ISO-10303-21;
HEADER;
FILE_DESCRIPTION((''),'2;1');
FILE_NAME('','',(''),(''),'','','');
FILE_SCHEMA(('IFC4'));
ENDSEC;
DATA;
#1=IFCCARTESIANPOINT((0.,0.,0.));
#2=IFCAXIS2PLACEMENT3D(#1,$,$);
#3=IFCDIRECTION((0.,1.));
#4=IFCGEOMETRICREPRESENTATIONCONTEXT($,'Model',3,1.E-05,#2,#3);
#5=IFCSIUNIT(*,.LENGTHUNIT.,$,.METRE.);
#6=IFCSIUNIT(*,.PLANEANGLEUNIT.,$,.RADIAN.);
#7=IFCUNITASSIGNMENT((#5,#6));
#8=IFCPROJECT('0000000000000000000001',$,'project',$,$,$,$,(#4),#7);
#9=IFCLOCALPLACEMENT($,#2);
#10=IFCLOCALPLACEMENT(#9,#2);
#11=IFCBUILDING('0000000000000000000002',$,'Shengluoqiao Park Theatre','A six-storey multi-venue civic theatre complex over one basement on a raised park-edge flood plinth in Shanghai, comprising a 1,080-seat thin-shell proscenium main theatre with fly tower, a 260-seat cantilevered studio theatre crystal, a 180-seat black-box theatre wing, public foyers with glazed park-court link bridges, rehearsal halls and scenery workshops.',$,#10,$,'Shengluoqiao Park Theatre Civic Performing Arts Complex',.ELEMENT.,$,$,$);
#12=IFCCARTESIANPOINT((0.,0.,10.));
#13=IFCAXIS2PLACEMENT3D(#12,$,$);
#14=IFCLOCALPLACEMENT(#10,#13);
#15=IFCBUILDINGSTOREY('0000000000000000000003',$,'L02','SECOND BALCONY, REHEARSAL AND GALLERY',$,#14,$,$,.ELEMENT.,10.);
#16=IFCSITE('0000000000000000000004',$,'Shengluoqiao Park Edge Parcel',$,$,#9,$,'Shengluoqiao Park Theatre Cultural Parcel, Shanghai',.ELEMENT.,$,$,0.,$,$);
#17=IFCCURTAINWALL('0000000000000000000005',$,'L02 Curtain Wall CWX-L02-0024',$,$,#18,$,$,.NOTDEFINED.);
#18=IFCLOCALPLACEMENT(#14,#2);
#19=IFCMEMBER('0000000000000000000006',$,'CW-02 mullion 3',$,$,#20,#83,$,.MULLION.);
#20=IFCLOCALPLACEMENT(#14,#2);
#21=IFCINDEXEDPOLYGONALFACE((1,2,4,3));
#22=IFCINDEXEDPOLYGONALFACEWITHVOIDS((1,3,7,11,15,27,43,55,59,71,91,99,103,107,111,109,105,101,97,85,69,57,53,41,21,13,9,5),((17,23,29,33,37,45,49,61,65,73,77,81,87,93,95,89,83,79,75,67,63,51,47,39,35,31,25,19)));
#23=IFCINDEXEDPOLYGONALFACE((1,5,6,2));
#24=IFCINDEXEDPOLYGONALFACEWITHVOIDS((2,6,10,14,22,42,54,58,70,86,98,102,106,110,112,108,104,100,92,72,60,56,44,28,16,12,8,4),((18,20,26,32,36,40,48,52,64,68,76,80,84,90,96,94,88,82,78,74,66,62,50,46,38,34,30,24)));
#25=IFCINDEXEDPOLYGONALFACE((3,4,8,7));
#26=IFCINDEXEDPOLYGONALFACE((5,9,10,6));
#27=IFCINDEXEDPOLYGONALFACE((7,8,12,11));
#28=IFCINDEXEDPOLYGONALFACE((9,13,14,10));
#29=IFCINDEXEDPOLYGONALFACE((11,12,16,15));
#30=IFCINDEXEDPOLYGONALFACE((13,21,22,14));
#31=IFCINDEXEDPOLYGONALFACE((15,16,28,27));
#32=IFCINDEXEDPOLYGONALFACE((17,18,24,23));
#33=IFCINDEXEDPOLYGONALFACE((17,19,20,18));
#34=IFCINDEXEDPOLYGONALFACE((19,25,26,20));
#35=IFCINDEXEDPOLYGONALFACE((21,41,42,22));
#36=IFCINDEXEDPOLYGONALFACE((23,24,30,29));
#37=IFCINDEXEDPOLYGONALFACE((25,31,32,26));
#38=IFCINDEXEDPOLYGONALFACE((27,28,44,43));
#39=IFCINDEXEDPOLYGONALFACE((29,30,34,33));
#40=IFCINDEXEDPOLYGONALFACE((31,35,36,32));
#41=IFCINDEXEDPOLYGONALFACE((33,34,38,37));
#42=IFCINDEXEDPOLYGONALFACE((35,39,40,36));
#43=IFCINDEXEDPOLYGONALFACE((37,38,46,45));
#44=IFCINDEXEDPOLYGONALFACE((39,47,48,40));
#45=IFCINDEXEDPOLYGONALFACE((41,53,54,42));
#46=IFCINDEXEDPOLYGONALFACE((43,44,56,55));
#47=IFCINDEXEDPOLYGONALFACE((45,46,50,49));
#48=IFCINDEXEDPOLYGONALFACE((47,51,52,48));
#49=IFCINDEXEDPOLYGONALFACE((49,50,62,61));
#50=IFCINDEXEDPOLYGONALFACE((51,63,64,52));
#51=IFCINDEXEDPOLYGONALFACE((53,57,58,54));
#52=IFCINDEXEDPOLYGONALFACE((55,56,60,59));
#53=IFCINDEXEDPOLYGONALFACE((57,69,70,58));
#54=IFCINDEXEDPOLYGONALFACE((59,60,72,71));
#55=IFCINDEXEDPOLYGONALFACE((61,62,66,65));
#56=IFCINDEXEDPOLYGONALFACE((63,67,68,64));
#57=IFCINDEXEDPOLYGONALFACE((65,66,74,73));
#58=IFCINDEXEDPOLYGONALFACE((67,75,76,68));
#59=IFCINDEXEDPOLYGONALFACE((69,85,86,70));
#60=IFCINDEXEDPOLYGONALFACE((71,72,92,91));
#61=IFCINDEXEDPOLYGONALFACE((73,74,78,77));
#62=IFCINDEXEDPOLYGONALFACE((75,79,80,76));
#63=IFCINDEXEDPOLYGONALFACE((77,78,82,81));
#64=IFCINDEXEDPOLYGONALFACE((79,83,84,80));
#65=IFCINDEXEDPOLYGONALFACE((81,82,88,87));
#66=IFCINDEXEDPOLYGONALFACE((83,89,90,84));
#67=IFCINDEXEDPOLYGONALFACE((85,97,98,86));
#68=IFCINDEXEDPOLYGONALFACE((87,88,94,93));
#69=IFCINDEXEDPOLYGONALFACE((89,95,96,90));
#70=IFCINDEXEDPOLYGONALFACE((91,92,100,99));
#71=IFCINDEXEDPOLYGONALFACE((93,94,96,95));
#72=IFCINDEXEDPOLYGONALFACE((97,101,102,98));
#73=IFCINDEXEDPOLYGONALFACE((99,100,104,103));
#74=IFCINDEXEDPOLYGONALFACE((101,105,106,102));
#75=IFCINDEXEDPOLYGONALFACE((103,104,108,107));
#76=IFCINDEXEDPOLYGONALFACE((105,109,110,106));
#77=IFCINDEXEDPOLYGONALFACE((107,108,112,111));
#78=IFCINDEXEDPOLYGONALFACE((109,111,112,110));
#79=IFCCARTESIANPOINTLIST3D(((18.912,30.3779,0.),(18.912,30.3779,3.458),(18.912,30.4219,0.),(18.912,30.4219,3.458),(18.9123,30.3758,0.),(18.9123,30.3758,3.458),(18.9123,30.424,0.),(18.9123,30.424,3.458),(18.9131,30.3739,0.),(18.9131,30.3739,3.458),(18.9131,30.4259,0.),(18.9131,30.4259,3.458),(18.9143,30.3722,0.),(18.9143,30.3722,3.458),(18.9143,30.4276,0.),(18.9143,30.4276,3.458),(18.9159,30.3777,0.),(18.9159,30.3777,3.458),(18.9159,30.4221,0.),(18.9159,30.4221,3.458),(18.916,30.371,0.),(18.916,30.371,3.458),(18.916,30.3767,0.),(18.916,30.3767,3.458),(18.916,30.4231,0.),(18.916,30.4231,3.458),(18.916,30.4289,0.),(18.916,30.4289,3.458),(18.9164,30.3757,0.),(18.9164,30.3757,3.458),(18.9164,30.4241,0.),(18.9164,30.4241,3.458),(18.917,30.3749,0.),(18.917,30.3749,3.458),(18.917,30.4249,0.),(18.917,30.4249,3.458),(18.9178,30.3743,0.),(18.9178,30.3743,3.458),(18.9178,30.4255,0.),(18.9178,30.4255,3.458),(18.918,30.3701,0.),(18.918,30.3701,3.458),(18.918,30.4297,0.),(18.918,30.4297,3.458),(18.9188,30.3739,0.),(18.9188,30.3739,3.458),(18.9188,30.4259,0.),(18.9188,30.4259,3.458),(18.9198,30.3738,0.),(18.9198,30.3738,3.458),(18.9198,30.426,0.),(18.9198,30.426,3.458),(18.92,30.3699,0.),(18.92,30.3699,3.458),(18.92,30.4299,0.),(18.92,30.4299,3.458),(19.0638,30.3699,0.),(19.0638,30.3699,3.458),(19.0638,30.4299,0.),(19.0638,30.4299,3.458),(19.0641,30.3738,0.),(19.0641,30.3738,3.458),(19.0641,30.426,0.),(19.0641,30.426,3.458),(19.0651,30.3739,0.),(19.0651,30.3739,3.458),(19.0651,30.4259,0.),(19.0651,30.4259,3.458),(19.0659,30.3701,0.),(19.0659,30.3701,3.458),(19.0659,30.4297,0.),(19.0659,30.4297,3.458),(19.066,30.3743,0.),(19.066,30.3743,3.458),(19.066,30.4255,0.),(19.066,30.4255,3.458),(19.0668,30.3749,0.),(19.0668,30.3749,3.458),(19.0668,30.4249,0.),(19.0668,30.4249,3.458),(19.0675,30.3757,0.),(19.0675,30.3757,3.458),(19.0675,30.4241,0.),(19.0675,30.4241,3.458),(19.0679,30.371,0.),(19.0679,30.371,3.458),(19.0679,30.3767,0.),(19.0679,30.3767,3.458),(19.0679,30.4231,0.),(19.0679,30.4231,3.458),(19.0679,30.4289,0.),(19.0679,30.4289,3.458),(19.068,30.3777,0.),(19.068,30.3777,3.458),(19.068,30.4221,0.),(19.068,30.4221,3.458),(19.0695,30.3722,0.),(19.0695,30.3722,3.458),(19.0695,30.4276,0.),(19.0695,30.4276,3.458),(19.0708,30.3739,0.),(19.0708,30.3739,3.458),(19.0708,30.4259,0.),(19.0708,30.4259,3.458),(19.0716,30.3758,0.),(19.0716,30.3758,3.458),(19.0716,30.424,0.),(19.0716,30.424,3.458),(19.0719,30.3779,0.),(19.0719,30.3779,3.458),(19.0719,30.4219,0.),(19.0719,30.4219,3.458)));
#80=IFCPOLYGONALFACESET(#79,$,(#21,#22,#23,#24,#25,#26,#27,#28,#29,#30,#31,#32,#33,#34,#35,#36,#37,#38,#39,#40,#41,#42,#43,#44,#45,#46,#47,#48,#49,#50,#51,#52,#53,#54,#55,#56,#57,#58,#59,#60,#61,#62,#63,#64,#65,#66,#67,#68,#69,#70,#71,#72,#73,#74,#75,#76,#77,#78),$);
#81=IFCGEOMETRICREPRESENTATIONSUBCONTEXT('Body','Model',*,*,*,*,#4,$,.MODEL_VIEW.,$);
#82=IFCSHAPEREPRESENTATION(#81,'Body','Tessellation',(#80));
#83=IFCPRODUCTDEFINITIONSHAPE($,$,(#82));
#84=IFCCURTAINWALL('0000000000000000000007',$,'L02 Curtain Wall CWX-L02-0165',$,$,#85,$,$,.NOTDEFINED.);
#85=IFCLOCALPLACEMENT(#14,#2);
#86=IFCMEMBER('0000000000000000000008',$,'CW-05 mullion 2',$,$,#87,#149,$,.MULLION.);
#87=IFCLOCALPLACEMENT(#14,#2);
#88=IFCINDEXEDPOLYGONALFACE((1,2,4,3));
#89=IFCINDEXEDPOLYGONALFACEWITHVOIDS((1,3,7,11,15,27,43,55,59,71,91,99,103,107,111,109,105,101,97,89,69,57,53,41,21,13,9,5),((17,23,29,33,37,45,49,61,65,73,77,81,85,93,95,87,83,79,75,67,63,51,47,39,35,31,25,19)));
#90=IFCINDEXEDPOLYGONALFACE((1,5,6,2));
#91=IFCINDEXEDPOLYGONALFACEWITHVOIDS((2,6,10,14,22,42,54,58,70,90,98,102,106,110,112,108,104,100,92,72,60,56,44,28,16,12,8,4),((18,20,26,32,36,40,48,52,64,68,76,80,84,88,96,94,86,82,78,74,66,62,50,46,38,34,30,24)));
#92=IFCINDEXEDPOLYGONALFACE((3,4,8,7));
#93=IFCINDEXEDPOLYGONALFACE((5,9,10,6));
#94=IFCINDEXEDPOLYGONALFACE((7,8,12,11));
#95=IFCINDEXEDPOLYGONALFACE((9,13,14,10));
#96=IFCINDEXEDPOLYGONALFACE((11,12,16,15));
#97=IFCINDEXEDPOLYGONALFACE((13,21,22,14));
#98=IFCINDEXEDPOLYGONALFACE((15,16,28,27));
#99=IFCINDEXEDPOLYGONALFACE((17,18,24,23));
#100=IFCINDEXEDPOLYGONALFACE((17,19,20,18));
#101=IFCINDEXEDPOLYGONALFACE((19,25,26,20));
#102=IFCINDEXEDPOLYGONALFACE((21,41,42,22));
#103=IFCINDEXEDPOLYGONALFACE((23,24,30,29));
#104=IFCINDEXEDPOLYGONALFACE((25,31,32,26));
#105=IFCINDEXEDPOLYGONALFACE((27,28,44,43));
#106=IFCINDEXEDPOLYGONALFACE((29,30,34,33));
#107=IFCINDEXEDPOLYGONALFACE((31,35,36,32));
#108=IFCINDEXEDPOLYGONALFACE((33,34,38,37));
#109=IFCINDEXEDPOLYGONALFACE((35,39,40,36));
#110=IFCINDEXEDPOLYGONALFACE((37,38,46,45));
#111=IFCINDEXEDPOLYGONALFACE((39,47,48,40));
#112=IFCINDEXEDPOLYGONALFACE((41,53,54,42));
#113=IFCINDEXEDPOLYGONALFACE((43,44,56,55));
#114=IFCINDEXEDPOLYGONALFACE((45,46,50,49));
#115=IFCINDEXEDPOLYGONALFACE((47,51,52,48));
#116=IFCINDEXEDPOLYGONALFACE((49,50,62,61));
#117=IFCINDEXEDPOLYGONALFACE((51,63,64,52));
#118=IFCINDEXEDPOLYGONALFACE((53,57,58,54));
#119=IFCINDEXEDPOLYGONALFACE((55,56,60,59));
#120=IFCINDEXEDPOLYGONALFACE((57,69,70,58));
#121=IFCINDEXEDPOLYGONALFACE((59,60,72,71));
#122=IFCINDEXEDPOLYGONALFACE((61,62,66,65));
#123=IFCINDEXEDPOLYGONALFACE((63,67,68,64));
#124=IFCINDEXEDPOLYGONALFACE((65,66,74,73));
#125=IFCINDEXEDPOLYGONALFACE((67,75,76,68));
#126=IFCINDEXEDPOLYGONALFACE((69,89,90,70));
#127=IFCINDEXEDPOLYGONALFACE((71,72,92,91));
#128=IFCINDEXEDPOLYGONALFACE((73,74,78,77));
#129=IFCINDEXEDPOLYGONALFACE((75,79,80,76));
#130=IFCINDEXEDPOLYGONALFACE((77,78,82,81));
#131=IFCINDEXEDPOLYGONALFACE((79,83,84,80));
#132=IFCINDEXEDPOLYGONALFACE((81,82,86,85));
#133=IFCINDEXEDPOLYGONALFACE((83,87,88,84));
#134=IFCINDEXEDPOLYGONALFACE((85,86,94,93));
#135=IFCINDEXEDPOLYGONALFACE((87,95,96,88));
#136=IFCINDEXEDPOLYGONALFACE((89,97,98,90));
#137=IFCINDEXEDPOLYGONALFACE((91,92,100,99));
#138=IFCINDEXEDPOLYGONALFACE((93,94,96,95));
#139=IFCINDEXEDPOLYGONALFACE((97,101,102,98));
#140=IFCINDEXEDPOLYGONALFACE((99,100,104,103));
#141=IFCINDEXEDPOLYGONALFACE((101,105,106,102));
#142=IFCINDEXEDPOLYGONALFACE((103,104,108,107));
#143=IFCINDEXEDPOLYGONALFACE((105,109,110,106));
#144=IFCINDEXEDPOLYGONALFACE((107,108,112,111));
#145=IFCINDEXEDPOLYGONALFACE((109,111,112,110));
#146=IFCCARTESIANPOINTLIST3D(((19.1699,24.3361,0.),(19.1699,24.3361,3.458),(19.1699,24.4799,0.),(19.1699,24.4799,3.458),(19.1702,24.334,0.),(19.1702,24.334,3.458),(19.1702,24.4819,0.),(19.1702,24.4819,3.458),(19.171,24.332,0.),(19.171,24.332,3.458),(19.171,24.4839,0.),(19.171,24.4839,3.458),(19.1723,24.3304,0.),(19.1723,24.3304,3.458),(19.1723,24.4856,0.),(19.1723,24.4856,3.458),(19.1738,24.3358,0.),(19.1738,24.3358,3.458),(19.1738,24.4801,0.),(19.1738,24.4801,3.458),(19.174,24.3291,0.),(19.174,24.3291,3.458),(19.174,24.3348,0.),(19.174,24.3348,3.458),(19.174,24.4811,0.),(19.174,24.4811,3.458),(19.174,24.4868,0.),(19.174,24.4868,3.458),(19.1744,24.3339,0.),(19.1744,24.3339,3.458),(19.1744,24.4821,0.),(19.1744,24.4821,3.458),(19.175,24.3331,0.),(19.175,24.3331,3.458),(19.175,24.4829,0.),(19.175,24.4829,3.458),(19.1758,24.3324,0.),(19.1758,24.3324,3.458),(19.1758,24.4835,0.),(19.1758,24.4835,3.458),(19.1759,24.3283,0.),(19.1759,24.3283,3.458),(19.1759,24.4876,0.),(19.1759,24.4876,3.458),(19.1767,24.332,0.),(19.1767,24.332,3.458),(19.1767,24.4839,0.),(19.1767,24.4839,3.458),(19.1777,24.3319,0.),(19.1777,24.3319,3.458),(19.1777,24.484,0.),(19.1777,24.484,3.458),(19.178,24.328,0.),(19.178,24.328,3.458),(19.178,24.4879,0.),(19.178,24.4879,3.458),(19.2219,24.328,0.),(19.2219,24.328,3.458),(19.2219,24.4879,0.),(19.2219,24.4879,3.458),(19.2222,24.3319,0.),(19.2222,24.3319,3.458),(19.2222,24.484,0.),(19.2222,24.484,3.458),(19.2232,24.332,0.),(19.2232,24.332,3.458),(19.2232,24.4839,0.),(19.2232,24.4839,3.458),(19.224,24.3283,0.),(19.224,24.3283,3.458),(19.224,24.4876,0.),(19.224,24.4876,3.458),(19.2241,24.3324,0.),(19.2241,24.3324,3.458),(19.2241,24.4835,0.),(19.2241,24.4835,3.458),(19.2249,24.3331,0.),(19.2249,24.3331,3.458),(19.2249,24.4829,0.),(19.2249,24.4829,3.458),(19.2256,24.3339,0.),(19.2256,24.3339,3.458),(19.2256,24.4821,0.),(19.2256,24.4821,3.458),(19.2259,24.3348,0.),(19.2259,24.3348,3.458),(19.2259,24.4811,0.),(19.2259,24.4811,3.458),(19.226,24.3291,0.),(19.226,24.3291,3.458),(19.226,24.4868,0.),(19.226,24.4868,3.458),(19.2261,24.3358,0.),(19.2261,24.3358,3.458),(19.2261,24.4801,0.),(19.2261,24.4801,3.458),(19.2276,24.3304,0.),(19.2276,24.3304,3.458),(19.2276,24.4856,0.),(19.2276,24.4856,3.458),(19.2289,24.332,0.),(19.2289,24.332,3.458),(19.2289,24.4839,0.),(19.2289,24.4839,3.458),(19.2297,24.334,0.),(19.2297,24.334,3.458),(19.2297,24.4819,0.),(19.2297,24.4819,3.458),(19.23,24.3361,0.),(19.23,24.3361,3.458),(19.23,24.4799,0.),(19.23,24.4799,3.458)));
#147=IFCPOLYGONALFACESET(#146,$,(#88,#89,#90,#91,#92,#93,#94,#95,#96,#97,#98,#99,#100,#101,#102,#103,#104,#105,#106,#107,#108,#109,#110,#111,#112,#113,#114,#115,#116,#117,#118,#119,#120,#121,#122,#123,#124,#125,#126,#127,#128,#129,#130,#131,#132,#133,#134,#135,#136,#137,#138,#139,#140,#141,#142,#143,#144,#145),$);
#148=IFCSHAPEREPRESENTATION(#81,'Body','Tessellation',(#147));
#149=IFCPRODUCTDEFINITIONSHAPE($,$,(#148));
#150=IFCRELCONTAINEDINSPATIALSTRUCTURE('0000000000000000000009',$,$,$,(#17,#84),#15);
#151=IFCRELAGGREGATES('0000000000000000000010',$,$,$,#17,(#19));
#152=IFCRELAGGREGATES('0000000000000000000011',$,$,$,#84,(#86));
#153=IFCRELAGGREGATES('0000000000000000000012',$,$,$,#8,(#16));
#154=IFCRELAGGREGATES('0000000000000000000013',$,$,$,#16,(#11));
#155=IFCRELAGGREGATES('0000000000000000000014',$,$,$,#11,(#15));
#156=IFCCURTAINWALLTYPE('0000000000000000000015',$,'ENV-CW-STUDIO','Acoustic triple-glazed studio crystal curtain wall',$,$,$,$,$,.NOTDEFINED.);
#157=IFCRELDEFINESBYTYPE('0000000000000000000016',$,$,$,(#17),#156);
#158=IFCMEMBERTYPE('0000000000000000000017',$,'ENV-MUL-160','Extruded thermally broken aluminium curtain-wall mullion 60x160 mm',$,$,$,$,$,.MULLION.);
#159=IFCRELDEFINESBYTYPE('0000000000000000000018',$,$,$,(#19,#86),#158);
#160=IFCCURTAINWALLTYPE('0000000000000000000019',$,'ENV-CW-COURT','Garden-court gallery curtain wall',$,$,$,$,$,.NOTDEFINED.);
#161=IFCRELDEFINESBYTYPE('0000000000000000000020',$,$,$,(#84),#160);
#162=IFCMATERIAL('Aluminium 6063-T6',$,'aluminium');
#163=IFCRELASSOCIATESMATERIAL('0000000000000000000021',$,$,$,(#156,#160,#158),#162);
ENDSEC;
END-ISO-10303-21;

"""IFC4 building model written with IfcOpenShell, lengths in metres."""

from ifc_helpers import new_model, si_unit, direction, frame, origin, origin_2d, place, context, subcontext, project, spatial, hollow_rectangle, extrude, material, material_profile, profile_set, type_object, element, aggregate, save


model = new_model("IFC4")

# Units and contexts
model_context = context("Model", 3, precision=1e-05, world=origin(), true_north=direction((0.0, 1.0)))
body_context = subcontext(model_context, "Body", "Model", "MODEL_VIEW")
ifc_project = project(units=[si_unit("LENGTHUNIT", "METRE"), si_unit("PLANEANGLEUNIT", "RADIAN")], contexts=[model_context])

# Site, building, storey
site_placement = place(None, origin())
site = spatial("IfcSite", under=ifc_project, at=site_placement, Name="Shengluoqiao Park Edge Parcel", LongName="Shengluoqiao Park Theatre Cultural Parcel, Shanghai", CompositionType="ELEMENT", RefElevation=0.0)
building_placement = place(site_placement, origin())
building = spatial("IfcBuilding", under=site, at=building_placement, Name="Shengluoqiao Park Theatre", Description="A six-storey multi-venue civic theatre complex over one basement on a raised park-edge flood plinth in Shanghai, comprising a 1,080-seat thin-shell proscenium main theatre with fly tower, a 260-seat cantilevered studio theatre crystal, a 180-seat black-box theatre wing, public foyers with glazed park-court link bridges, rehearsal halls and scenery workshops.", LongName="Shengluoqiao Park Theatre Civic Performing Arts Complex", CompositionType="ELEMENT")
storey_placement = place(building_placement, frame((0.0, 0.0, 10.0)))
storey = spatial("IfcBuildingStorey", under=building, at=storey_placement, Name="L02", Description="SECOND BALCONY, REHEARSAL AND GALLERY", CompositionType="ELEMENT", Elevation=10.0)

# Curtain wall, member
ifc_material_1 = material(Name="Aluminium 6063-T6", Category="aluminium")
curtain_wall_type_1 = type_object("IfcCurtainWallType", Name="ENV-CW-STUDIO", Description="Acoustic triple-glazed studio crystal curtain wall", PredefinedType="NOTDEFINED", material=ifc_material_1)
curtain_wall_1_placement = place(storey_placement, origin())
curtain_wall_1 = element("IfcCurtainWall", 1, at=curtain_wall_1_placement, inside=storey, type_object=curtain_wall_type_1, Name="L02 Curtain Wall CWX-L02-0024", PredefinedType="NOTDEFINED")
ifc_material_profile_1 = material_profile(ifc_material_1, hollow_rectangle(XDim=0.0601, YDim=0.1599, WallThickness=0.0039, InnerFilletRadius=0.0039, OuterFilletRadius=0.0081, at=origin_2d()), Name="ALU MULLION 160x60x4")
ifc_profile_set_1 = profile_set([ifc_material_profile_1], Name="Aluminium 6063-T6")
member_type_1 = type_object("IfcMemberType", Name="ENV-MUL-160", Description="Extruded thermally broken aluminium curtain-wall mullion 60x160 mm", PredefinedType="MULLION", material=ifc_profile_set_1)
member_1_placement = place(storey_placement, frame((18.9919, 30.3999, 0.0), z_axis=(0.0, 0.0, 1.0), x_axis=(0.0, 1.0, 0.0)))
member_1 = element("IfcMember", 2, at=member_1_placement, type_object=member_type_1, Name="CW-02 mullion 3", PredefinedType="MULLION", context=body_context, shape_type="SweptSolid", body=[
    extrude(hollow_rectangle(XDim=0.0601, YDim=0.1599, WallThickness=0.0039, InnerFilletRadius=0.0039, OuterFilletRadius=0.0081, at=origin_2d()), origin(), (0.0, 0.0, 1.0), 3.458),
])
aggregate(curtain_wall_1, [member_1])

# Curtain wall, member
curtain_wall_type_2 = type_object("IfcCurtainWallType", Name="ENV-CW-COURT", Description="Garden-court gallery curtain wall", PredefinedType="NOTDEFINED", material=ifc_material_1)
curtain_wall_2_placement = place(storey_placement, origin())
curtain_wall_2 = element("IfcCurtainWall", 3, at=curtain_wall_2_placement, inside=storey, type_object=curtain_wall_type_2, Name="L02 Curtain Wall CWX-L02-0165", PredefinedType="NOTDEFINED")
member_2_placement = place(storey_placement, frame((19.2, 24.408, 0.0), z_axis=(0.0, 0.0, 1.0), x_axis=(-1.0, 0.0, 0.0)))
member_2 = element("IfcMember", 4, at=member_2_placement, type_object=member_type_1, Name="CW-05 mullion 2", PredefinedType="MULLION", context=body_context, shape_type="SweptSolid", body=[
    extrude(hollow_rectangle(XDim=0.0601, YDim=0.1599, WallThickness=0.0039, InnerFilletRadius=0.0039, OuterFilletRadius=0.0081, at=origin_2d()), origin(), (0.0, 0.0, 1.0), 3.458),
])
aggregate(curtain_wall_2, [member_2])

save(model, "model.ifc")
